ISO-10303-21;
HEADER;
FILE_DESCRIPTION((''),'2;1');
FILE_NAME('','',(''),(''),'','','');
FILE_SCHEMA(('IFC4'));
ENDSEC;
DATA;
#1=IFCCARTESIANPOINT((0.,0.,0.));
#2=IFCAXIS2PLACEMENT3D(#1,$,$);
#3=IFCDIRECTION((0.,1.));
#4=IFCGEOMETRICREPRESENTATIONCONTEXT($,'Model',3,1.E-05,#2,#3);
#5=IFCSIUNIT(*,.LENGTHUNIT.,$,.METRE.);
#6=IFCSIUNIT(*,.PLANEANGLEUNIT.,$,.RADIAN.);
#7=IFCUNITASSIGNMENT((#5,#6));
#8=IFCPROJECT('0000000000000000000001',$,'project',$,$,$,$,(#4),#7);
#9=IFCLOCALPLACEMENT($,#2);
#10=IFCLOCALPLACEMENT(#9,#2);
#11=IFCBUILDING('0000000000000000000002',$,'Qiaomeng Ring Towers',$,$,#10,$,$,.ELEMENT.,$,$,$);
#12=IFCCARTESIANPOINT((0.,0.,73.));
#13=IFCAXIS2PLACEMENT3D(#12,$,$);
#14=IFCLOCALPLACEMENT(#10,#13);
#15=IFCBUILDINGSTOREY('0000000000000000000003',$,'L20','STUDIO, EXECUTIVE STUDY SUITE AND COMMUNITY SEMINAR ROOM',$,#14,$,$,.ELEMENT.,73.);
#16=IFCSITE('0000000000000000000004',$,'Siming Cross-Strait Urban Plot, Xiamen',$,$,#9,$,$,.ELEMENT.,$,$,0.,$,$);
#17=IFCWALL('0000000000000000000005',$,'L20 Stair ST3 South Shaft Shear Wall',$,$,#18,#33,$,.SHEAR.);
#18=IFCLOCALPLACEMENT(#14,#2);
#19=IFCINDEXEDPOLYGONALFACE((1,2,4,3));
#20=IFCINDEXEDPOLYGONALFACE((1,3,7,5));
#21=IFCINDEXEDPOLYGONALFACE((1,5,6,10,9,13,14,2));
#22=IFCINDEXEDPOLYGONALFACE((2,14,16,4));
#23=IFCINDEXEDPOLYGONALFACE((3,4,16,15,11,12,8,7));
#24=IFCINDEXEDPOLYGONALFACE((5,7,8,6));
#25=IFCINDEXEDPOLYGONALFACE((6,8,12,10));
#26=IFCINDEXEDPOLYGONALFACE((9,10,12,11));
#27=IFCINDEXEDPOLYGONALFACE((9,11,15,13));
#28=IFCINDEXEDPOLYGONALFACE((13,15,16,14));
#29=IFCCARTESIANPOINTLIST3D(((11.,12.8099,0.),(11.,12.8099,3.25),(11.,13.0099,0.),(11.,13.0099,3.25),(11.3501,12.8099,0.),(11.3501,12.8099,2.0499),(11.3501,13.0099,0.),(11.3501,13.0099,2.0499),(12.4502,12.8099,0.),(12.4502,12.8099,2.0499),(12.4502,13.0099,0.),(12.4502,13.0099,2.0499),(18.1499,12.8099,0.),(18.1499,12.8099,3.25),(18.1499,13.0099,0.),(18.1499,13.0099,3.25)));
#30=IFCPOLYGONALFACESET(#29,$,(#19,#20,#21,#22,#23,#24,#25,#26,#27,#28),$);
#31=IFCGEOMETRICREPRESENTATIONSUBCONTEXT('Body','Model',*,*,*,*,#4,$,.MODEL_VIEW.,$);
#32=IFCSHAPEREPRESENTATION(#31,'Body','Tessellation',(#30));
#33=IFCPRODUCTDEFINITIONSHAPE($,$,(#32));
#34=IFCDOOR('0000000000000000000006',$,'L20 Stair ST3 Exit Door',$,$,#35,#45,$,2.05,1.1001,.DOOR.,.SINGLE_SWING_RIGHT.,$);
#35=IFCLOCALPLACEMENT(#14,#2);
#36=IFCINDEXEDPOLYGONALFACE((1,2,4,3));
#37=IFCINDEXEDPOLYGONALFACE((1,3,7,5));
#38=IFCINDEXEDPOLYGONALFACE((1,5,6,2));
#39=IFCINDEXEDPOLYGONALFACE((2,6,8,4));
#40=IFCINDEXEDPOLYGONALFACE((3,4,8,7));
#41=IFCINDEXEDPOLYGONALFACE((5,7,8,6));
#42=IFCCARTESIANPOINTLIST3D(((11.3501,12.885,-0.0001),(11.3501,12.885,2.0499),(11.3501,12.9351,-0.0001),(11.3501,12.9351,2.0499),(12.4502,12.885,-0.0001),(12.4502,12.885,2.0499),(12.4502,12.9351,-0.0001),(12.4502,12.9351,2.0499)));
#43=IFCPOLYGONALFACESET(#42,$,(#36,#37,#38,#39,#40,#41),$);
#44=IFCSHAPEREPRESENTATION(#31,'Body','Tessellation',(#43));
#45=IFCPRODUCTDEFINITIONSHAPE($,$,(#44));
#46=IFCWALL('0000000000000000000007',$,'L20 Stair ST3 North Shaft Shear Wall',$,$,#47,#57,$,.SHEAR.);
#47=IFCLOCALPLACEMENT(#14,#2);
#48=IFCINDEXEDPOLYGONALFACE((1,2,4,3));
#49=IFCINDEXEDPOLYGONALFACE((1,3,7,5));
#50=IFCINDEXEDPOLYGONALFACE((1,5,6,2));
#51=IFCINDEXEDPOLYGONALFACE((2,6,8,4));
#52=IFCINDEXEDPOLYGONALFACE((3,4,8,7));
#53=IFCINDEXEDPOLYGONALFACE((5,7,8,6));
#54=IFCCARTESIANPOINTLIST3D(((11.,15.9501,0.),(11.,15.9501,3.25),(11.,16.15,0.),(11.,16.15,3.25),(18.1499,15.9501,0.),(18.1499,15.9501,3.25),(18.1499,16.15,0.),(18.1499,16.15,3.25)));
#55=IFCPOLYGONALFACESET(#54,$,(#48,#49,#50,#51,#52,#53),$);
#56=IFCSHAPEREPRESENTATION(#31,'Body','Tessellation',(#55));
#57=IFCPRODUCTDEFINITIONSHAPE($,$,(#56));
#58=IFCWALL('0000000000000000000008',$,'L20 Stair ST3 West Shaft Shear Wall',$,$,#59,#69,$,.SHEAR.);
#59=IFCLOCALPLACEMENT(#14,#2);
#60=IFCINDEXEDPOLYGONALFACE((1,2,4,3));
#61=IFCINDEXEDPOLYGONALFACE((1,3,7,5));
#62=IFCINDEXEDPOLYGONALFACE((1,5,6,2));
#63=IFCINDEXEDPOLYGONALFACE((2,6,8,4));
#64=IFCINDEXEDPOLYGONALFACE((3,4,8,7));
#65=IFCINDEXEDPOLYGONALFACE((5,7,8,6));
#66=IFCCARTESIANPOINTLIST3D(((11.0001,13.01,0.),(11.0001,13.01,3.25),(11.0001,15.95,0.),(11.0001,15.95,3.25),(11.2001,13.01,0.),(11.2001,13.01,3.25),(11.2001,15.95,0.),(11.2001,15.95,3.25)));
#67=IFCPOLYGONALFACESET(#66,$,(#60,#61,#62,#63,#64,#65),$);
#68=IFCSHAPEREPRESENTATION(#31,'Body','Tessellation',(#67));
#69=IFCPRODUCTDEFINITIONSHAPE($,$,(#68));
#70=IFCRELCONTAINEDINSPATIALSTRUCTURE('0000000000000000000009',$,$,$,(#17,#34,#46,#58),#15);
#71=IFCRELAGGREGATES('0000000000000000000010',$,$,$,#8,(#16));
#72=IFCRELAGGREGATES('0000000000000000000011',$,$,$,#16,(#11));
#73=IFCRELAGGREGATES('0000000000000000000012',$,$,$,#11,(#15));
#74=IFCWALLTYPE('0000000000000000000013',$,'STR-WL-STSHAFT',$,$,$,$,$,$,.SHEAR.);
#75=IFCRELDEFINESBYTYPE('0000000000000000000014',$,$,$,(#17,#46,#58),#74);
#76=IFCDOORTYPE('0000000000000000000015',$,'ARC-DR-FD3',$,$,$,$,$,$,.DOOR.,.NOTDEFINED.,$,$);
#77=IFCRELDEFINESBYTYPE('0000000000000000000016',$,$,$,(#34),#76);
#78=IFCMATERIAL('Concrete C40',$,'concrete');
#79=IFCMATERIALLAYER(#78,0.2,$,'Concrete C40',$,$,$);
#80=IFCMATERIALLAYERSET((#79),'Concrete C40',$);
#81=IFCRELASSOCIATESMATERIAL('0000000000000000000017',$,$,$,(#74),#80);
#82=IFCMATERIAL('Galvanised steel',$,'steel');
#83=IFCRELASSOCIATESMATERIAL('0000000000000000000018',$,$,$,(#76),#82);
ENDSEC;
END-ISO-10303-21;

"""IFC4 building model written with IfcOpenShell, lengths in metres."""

from ifc_helpers import new_model, si_unit, direction, frame, frame_2d, origin, place, context, subcontext, project, spatial, rectangle, extrude, source, transform, mapped, material, layer, layer_set, type_object, element, fill, save


model = new_model("IFC4")

# Units and contexts
model_context = context("Model", 3, precision=1e-05, world=origin(), true_north=direction((0.0, 1.0)))
body_context = subcontext(model_context, "Body", "Model", "MODEL_VIEW")
ifc_project = project(units=[si_unit("LENGTHUNIT", "METRE"), si_unit("PLANEANGLEUNIT", "RADIAN")], contexts=[model_context])

# Site, building, storey
site_placement = place(None, origin())
site = spatial("IfcSite", under=ifc_project, at=site_placement, Name="Siming Cross-Strait Urban Plot, Xiamen", CompositionType="ELEMENT", RefElevation=0.0)
building_placement = place(site_placement, origin())
building = spatial("IfcBuilding", under=site, at=building_placement, Name="Qiaomeng Ring Towers", CompositionType="ELEMENT")
storey_placement = place(building_placement, frame((0.0, 0.0, 73.0)))
storey = spatial("IfcBuildingStorey", under=building, at=storey_placement, Name="L20", Description="STUDIO, EXECUTIVE STUDY SUITE AND COMMUNITY SEMINAR ROOM", CompositionType="ELEMENT", Elevation=73.0)

# Wall, opening, door
ifc_material_1 = material(Name="Concrete C40", Category="concrete")
ifc_layer_1 = layer(ifc_material_1, 0.2, Name="Concrete C40")
ifc_layer_set_1 = layer_set([ifc_layer_1], Name="Concrete C40")
wall_type_1 = type_object("IfcWallType", Name="STR-WL-STSHAFT", PredefinedType="SHEAR", material=ifc_layer_set_1)
wall_1_placement = place(storey_placement, frame((11.0, 12.9099, 0.0), z_axis=(0.0, 0.0, 1.0), x_axis=(1.0, 0.0, 0.0)))
wall_1 = element("IfcWall", 1, at=wall_1_placement, inside=storey, type_object=wall_type_1, Name="L20 Stair ST3 South Shaft Shear Wall", PredefinedType="SHEAR", context=body_context, shape_type="SweptSolid", body=[
    extrude(rectangle(XDim=7.1499, YDim=0.2, at=frame_2d((3.575, 0.0))), origin(), (0.0, 0.0, 1.0), 3.25),
])
opening_1_placement = place(wall_1_placement, frame((0.3501, 0.0, 0.0)))
opening_1 = element("IfcOpeningElement", 2, at=opening_1_placement, cuts=wall_1, PredefinedType="OPENING", context=body_context, shape_type="SweptSolid", body=[
    extrude(rectangle(XDim=1.1001, YDim=2.05, at=frame_2d((0.55, 1.0249))), frame((0.0, 0.1099, 0.0), z_axis=(0.0, -1.0, 0.0), x_axis=(1.0, 0.0, 0.0)), (0.0, 0.0, 1.0), 0.22),
])
ifc_material_2 = material(Name="Galvanised steel", Category="steel")
door_type_1 = type_object("IfcDoorType", Name="ARC-DR-FD3", OperationType="NOTDEFINED", PredefinedType="DOOR", material=ifc_material_2)
shared_shape_1 = source(origin(), body_context, "Body", "SweptSolid", [
    extrude(rectangle(XDim=1.1001, YDim=2.05, at=frame_2d((0.55, 1.0249))), frame((0.0, 0.0249, 0.0), z_axis=(0.0, -1.0, 0.0), x_axis=(1.0, 0.0, 0.0)), (0.0, 0.0, 1.0), 0.05),
])
door_1_placement = place(opening_1_placement, frame((1.1001, 0.0, 0.0), z_axis=(0.0, 0.0, 1.0), x_axis=(-1.0, 0.0, 0.0)))
door_1 = element("IfcDoor", 3, at=door_1_placement, inside=storey, type_object=door_type_1, Name="L20 Stair ST3 Exit Door", OperationType="SINGLE_SWING_RIGHT", OverallHeight=2.05, OverallWidth=1.1001, PredefinedType="DOOR", context=body_context, shape_type="MappedRepresentation", body=[
    mapped(shared_shape_1, transform((0.0, 0.0, 0.0), x_axis=(1.0, 0.0, 0.0), y_axis=(0.0, 1.0, 0.0), z_axis=(0.0, 0.0, 1.0), scale=1.0)),
])
fill(opening_1, door_1)

# Walls
wall_2_placement = place(storey_placement, frame((11.0, 16.05, 0.0), z_axis=(0.0, 0.0, 1.0), x_axis=(1.0, 0.0, 0.0)))
element("IfcWall", 4, at=wall_2_placement, inside=storey, type_object=wall_type_1, Name="L20 Stair ST3 North Shaft Shear Wall", PredefinedType="SHEAR", context=body_context, shape_type="SweptSolid", body=[
    extrude(rectangle(XDim=7.1499, YDim=0.2, at=frame_2d((3.575, 0.0))), origin(), (0.0, 0.0, 1.0), 3.25),
])
wall_3_placement = place(storey_placement, frame((11.1001, 13.01, 0.0), z_axis=(0.0, 0.0, 1.0), x_axis=(0.0, 1.0, 0.0)))
element("IfcWall", 5, at=wall_3_placement, inside=storey, type_object=wall_type_1, Name="L20 Stair ST3 West Shaft Shear Wall", PredefinedType="SHEAR", context=body_context, shape_type="SweptSolid", body=[
    extrude(rectangle(XDim=2.9399, YDim=0.2, at=frame_2d((1.47, 0.0))), origin(), (0.0, 0.0, 1.0), 3.25),
])

save(model, "model.ifc")
